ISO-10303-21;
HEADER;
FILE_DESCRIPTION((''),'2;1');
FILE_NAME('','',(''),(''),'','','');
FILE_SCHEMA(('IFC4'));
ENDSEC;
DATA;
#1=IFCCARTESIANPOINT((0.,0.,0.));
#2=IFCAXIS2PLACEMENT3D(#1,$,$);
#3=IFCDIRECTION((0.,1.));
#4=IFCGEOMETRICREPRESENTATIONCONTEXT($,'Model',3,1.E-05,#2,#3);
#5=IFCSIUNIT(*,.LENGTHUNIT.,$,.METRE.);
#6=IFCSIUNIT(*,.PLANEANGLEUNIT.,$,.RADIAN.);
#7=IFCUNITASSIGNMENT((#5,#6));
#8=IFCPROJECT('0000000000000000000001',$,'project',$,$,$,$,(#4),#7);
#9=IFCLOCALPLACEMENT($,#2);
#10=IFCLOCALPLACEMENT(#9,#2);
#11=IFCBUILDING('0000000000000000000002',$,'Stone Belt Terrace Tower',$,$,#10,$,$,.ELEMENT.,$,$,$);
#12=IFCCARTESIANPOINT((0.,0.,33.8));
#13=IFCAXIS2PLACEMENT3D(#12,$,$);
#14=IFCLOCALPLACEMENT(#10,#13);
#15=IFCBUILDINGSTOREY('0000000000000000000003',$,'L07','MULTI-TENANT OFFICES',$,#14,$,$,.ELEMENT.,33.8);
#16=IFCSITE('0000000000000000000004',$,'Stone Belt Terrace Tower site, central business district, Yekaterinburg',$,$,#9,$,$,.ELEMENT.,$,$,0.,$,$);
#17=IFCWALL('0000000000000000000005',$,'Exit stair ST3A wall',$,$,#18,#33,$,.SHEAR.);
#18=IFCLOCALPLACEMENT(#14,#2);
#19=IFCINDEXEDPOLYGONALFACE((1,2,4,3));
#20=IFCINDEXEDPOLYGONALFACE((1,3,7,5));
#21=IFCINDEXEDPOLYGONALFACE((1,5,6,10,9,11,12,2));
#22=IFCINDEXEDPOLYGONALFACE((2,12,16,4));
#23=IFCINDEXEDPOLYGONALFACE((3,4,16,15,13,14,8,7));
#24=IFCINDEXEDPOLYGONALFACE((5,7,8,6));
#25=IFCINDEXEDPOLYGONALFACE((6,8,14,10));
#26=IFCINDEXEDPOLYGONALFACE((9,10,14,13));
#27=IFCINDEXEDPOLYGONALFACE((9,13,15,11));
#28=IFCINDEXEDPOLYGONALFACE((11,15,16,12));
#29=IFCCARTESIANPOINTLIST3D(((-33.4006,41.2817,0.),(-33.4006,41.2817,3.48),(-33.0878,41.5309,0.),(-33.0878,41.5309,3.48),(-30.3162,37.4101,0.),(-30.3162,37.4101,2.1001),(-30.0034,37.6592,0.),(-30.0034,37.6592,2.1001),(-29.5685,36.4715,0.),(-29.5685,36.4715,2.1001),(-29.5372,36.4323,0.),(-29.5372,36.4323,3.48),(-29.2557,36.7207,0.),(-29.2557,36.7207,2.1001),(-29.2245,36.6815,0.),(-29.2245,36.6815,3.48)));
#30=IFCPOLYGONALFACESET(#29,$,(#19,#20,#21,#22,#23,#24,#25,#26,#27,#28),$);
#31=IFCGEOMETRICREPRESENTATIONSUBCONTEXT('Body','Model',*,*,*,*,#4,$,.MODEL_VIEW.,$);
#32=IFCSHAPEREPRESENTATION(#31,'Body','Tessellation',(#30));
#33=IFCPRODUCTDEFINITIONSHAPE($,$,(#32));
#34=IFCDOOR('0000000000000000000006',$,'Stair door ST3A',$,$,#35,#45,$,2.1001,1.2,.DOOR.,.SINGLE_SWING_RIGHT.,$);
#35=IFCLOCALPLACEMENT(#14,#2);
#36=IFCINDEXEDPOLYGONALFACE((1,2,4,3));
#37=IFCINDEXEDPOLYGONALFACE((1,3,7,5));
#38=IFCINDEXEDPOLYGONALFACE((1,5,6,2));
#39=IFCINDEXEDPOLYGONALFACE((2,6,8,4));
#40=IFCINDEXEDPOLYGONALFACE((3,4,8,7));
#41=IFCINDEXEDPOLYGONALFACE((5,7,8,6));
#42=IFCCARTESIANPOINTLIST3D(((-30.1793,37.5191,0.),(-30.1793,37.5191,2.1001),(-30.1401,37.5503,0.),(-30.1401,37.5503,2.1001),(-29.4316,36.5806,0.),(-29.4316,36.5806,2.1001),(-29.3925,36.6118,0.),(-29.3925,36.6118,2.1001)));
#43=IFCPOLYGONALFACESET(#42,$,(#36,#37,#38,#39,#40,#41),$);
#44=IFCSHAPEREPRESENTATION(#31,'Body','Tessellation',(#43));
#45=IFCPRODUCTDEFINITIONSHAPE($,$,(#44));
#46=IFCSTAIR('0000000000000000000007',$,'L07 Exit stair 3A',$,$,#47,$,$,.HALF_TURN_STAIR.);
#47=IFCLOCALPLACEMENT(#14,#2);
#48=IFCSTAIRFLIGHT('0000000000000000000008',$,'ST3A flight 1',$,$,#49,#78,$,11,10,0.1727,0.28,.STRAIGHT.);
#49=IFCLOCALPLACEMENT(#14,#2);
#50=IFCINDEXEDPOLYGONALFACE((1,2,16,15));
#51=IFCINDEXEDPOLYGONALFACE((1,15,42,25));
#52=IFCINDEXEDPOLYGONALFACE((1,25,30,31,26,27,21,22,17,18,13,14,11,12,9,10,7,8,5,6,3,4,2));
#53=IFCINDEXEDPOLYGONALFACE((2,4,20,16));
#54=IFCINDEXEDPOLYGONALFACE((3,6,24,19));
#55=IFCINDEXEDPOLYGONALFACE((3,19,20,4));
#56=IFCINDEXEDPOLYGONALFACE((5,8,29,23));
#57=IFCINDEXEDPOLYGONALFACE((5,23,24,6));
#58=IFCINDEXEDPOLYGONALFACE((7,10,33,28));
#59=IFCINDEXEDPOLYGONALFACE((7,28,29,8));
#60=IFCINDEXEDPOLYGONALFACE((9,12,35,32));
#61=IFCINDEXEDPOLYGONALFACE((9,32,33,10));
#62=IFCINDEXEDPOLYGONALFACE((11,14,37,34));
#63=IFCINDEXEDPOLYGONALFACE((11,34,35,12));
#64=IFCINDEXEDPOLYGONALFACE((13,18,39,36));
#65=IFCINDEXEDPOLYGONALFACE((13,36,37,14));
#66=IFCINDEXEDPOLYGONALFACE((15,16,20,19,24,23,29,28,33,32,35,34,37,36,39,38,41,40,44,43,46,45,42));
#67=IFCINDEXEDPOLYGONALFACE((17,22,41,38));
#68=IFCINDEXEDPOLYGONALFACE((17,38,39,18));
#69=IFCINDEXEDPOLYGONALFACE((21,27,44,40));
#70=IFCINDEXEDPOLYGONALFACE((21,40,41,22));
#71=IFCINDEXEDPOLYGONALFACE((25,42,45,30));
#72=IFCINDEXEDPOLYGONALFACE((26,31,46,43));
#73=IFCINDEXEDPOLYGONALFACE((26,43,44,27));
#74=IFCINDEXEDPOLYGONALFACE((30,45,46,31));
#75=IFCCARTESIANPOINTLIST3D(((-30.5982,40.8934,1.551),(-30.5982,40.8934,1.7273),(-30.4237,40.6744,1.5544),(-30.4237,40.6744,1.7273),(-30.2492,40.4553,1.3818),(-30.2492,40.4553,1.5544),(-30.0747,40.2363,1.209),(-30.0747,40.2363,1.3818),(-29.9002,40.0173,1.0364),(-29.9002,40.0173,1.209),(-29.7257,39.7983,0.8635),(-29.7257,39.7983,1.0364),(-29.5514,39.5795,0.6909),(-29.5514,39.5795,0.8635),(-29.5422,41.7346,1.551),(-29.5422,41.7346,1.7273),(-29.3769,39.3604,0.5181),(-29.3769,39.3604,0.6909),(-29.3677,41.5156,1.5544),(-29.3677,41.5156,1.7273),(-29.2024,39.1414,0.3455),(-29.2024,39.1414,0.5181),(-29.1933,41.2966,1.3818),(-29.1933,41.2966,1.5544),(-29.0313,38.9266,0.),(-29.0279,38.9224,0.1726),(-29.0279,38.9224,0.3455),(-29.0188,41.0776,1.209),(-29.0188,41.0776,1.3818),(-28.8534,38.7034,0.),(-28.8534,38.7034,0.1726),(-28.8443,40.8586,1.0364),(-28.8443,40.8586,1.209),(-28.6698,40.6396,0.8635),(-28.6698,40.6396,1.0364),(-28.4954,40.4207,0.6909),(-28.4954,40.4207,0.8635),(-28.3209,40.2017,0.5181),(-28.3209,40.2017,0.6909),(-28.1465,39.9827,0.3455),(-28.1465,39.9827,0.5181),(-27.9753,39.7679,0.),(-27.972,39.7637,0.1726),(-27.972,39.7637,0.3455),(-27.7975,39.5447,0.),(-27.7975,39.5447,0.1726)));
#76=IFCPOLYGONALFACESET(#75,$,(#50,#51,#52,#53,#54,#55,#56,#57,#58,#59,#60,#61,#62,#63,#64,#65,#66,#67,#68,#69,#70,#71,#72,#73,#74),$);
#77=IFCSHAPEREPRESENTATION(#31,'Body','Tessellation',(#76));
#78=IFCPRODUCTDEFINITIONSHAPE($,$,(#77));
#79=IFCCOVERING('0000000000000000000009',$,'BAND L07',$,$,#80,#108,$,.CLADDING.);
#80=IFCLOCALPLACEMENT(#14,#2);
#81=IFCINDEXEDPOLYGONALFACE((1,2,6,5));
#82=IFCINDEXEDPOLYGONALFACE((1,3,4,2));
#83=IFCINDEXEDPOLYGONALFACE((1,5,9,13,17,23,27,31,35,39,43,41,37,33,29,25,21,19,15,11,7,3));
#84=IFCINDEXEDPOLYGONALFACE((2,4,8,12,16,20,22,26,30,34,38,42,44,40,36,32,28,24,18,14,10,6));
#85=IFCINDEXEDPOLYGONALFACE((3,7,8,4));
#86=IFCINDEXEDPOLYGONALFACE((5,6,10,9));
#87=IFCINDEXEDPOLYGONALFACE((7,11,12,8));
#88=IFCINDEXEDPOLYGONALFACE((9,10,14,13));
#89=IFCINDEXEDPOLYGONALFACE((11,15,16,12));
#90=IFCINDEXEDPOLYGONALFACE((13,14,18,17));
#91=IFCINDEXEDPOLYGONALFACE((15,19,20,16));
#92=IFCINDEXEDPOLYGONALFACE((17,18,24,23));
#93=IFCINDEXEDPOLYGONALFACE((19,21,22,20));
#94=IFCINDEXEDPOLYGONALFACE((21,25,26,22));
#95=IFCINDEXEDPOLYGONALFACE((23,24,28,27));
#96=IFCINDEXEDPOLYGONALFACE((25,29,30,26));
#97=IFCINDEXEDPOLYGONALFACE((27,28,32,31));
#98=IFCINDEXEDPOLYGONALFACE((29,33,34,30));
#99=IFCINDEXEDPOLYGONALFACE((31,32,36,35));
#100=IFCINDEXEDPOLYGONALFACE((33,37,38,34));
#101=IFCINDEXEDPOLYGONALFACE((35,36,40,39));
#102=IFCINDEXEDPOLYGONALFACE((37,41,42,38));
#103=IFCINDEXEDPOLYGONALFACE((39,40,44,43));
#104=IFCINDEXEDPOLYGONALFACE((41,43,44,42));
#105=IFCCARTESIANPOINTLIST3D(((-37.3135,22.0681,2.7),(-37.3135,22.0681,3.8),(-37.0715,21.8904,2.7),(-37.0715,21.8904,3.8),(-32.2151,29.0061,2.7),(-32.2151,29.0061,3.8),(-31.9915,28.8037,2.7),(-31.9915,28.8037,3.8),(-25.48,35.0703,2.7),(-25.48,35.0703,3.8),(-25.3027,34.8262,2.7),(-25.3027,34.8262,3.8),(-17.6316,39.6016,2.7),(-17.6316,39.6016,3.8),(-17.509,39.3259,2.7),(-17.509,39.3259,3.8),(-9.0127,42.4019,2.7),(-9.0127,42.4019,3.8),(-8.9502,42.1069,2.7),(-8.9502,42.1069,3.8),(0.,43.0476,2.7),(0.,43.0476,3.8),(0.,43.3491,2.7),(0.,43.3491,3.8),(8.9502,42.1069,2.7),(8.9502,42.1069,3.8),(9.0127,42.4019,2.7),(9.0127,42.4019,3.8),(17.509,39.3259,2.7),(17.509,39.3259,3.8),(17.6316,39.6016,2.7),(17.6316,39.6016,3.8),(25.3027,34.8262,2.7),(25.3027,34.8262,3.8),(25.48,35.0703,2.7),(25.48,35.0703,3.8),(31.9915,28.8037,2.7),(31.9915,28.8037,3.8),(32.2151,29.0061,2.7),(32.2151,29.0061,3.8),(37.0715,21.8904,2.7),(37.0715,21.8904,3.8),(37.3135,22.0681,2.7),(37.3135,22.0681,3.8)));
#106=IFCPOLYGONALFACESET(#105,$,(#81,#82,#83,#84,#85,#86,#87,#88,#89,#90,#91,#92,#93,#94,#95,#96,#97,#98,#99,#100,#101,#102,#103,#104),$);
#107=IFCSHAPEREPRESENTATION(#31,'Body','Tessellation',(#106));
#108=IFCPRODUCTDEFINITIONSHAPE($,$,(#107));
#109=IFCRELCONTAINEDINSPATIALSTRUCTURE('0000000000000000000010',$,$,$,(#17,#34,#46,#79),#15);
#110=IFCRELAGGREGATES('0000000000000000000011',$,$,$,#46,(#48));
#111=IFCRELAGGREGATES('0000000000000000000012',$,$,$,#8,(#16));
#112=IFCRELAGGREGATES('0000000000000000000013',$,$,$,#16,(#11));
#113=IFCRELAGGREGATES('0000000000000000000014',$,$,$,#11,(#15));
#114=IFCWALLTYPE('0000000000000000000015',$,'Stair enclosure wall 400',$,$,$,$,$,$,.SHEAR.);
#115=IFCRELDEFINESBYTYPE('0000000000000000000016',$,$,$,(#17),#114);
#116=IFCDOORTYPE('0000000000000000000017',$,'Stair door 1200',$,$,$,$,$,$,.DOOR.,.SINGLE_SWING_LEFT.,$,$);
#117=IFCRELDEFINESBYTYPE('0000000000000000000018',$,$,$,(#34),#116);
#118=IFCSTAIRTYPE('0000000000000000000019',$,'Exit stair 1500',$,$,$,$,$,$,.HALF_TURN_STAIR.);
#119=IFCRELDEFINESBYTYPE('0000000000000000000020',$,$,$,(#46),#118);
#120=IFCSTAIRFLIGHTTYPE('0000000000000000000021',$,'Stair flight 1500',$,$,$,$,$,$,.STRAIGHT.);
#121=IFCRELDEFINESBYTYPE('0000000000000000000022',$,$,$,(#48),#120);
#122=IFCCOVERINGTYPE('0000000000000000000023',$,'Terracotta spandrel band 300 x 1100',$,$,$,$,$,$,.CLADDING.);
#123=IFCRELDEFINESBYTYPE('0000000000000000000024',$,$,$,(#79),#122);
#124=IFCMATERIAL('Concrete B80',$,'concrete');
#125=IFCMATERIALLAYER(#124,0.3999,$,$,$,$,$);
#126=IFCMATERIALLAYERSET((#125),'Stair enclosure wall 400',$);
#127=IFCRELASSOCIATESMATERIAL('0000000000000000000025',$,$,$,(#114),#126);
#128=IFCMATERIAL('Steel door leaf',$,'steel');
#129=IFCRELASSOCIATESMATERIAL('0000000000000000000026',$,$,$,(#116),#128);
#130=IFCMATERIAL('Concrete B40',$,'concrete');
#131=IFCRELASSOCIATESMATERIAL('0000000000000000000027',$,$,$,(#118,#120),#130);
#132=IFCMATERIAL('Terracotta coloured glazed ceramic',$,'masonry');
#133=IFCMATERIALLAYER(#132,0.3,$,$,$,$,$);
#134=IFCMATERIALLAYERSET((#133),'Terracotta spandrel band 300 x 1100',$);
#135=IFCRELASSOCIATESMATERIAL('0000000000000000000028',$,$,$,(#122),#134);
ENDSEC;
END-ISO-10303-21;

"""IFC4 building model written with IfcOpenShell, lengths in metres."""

from ifc_helpers import new_model, si_unit, direction, frame, frame_2d, origin, place, context, subcontext, project, spatial, polyline, rectangle, outline, extrude, material, layer, layer_set, type_object, element, fill, aggregate, save


model = new_model("IFC4")

# Units and contexts
model_context = context("Model", 3, precision=1e-05, world=origin(), true_north=direction((0.0, 1.0)))
body_context = subcontext(model_context, "Body", "Model", "MODEL_VIEW")
ifc_project = project(units=[si_unit("LENGTHUNIT", "METRE"), si_unit("PLANEANGLEUNIT", "RADIAN")], contexts=[model_context])

# Site, building, storey
site_placement = place(None, origin())
site = spatial("IfcSite", under=ifc_project, at=site_placement, Name="Stone Belt Terrace Tower site, central business district, Yekaterinburg", CompositionType="ELEMENT", RefElevation=0.0)
building_placement = place(site_placement, origin())
building = spatial("IfcBuilding", under=site, at=building_placement, Name="Stone Belt Terrace Tower", CompositionType="ELEMENT")
storey_placement = place(building_placement, frame((0.0, 0.0, 33.8)))
storey = spatial("IfcBuildingStorey", under=building, at=storey_placement, Name="L07", Description="MULTI-TENANT OFFICES", CompositionType="ELEMENT", Elevation=33.8)

# Shared definitions
ifc_material_1 = material(Name="Concrete B80", Category="concrete")

# Shared definitions
ifc_material_2 = material(Name="Concrete B40", Category="concrete")

# Shared definitions
ifc_layer_1 = layer(ifc_material_1, 0.3999)
ifc_layer_set_1 = layer_set([ifc_layer_1], Name="Stair enclosure wall 400")
wall_type_1 = type_object("IfcWallType", Name="Stair enclosure wall 400", PredefinedType="SHEAR", material=ifc_layer_set_1)

# Shared definitions
ifc_material_3 = material(Name="Steel door leaf", Category="steel")

# Wall, opening, door
wall_1_placement = place(storey_placement, frame((-29.3809, 36.5569, 0.0), z_axis=(0.0, 0.0, 1.0), x_axis=(-0.623099, 0.782143, 0.0)))
wall_1 = element("IfcWall", 1, at=wall_1_placement, inside=storey, type_object=wall_type_1, Name="Exit stair ST3A wall", PredefinedType="SHEAR", context=body_context, shape_type="SweptSolid", body=[
    extrude(rectangle(XDim=6.2002, YDim=0.3999, at=frame_2d((3.1001, 0.0))), origin(), (0.0, 0.0, 1.0), 3.48),
])
opening_1_placement = place(wall_1_placement, frame((0.05, 0.0, 0.0)))
opening_1 = element("IfcOpeningElement", 2, at=opening_1_placement, cuts=wall_1, PredefinedType="OPENING", context=body_context, shape_type="SweptSolid", body=[
    extrude(rectangle(XDim=1.2, YDim=2.1001, at=frame_2d((0.6001, 1.05))), frame((0.0, 0.21, 0.0), z_axis=(0.0, -1.0, 0.0), x_axis=(1.0, 0.0, 0.0)), (0.0, 0.0, 1.0), 0.4199),
])
door_type_1 = type_object("IfcDoorType", Name="Stair door 1200", OperationType="SINGLE_SWING_LEFT", PredefinedType="DOOR", material=ifc_material_3)
door_1_placement = place(opening_1_placement, origin())
door_1 = element("IfcDoor", 3, at=door_1_placement, inside=storey, type_object=door_type_1, Name="Stair door ST3A", OperationType="SINGLE_SWING_RIGHT", OverallHeight=2.1001, OverallWidth=1.2, PredefinedType="DOOR", context=body_context, shape_type="SweptSolid", body=[
    extrude(rectangle(XDim=1.2, YDim=2.1001, at=frame_2d((0.6001, 1.05))), frame((0.0, 0.0249, 0.0), z_axis=(0.0, -1.0, 0.0), x_axis=(1.0, 0.0, 0.0)), (0.0, 0.0, 1.0), 0.05),
])
fill(opening_1, door_1)

# Stair, stair flight
stair_type = type_object("IfcStairType", Name="Exit stair 1500", PredefinedType="HALF_TURN_STAIR", material=ifc_material_2)
stair_placement = place(storey_placement, origin())
stair = element("IfcStair", 4, at=stair_placement, inside=storey, type_object=stair_type, Name="L07 Exit stair 3A", PredefinedType="HALF_TURN_STAIR")
stair_flight_type = type_object("IfcStairFlightType", Name="Stair flight 1500", PredefinedType="STRAIGHT", material=ifc_material_2)
stair_flight_placement = place(storey_placement, frame((-28.3254, 39.124, 0.0), z_axis=(0.0, 0.0, 1.0), x_axis=(-0.623121, 0.782125, 0.0)))
stair_flight = element("IfcStairFlight", 5, at=stair_flight_placement, type_object=stair_flight_type, Name="ST3A flight 1", NumberOfRisers=11, NumberOfTreads=10, PredefinedType="STRAIGHT", RiserHeight=0.1727, TreadLength=0.28, context=body_context, shape_type="SweptSolid", body=[
    extrude(outline(polyline([(0.0, 0.0), (0.0, 0.1726), (0.28, 0.1726), (0.28, 0.3455), (0.5601, 0.3455), (0.5601, 0.5181), (0.8401, 0.5181), (0.8401, 0.6909), (1.1201, 0.6909), (1.1201, 0.8635), (1.3999, 0.8635), (1.3999, 1.0364), (1.6799, 1.0364), (1.6799, 1.209), (1.96, 1.209), (1.96, 1.3818), (2.24, 1.3818), (2.24, 1.5544), (2.52, 1.5544), (2.52, 1.7273), (2.8, 1.7273), (2.8, 1.8999), (2.8, 1.551), (0.2854, 0.0), (0.0, 0.0)])), frame((0.0, 0.675, 0.0), z_axis=(0.0, -1.0, 0.0), x_axis=(1.0, 0.0, 0.0)), (0.0, 0.0, 1.0), 1.3501),
])
aggregate(stair, [stair_flight])

# Covering
ifc_material_4 = material(Name="Terracotta coloured glazed ceramic", Category="masonry")
ifc_layer_2 = layer(ifc_material_4, 0.3)
ifc_layer_set_2 = layer_set([ifc_layer_2], Name="Terracotta spandrel band 300 x 1100")
covering_type = type_object("IfcCoveringType", Name="Terracotta spandrel band 300 x 1100", PredefinedType="CLADDING", material=ifc_layer_set_2)
covering_placement = place(storey_placement, frame((0.0, 0.0, 2.7)))
element("IfcCovering", 6, at=covering_placement, inside=storey, type_object=covering_type, Name="BAND L07", PredefinedType="CLADDING", context=body_context, shape_type="SweptSolid", body=[
    extrude(outline(polyline([(-37.3135, 22.0681), (-32.2151, 29.0061), (-25.48, 35.0703), (-17.6316, 39.6016), (-9.0127, 42.4019), (0.0, 43.3491), (9.0127, 42.4019), (17.6316, 39.6016), (25.48, 35.0703), (32.2151, 29.0061), (37.3135, 22.0681), (37.0715, 21.8904), (31.9915, 28.8037), (25.3027, 34.8262), (17.509, 39.3259), (8.9502, 42.1069), (0.0, 43.0476), (-8.9502, 42.1069), (-17.509, 39.3259), (-25.3027, 34.8262), (-31.9915, 28.8037), (-37.0715, 21.8904), (-37.3135, 22.0681)])), origin(), (0.0, 0.0, 1.0), 1.1001),
])

save(model, "model.ifc")
